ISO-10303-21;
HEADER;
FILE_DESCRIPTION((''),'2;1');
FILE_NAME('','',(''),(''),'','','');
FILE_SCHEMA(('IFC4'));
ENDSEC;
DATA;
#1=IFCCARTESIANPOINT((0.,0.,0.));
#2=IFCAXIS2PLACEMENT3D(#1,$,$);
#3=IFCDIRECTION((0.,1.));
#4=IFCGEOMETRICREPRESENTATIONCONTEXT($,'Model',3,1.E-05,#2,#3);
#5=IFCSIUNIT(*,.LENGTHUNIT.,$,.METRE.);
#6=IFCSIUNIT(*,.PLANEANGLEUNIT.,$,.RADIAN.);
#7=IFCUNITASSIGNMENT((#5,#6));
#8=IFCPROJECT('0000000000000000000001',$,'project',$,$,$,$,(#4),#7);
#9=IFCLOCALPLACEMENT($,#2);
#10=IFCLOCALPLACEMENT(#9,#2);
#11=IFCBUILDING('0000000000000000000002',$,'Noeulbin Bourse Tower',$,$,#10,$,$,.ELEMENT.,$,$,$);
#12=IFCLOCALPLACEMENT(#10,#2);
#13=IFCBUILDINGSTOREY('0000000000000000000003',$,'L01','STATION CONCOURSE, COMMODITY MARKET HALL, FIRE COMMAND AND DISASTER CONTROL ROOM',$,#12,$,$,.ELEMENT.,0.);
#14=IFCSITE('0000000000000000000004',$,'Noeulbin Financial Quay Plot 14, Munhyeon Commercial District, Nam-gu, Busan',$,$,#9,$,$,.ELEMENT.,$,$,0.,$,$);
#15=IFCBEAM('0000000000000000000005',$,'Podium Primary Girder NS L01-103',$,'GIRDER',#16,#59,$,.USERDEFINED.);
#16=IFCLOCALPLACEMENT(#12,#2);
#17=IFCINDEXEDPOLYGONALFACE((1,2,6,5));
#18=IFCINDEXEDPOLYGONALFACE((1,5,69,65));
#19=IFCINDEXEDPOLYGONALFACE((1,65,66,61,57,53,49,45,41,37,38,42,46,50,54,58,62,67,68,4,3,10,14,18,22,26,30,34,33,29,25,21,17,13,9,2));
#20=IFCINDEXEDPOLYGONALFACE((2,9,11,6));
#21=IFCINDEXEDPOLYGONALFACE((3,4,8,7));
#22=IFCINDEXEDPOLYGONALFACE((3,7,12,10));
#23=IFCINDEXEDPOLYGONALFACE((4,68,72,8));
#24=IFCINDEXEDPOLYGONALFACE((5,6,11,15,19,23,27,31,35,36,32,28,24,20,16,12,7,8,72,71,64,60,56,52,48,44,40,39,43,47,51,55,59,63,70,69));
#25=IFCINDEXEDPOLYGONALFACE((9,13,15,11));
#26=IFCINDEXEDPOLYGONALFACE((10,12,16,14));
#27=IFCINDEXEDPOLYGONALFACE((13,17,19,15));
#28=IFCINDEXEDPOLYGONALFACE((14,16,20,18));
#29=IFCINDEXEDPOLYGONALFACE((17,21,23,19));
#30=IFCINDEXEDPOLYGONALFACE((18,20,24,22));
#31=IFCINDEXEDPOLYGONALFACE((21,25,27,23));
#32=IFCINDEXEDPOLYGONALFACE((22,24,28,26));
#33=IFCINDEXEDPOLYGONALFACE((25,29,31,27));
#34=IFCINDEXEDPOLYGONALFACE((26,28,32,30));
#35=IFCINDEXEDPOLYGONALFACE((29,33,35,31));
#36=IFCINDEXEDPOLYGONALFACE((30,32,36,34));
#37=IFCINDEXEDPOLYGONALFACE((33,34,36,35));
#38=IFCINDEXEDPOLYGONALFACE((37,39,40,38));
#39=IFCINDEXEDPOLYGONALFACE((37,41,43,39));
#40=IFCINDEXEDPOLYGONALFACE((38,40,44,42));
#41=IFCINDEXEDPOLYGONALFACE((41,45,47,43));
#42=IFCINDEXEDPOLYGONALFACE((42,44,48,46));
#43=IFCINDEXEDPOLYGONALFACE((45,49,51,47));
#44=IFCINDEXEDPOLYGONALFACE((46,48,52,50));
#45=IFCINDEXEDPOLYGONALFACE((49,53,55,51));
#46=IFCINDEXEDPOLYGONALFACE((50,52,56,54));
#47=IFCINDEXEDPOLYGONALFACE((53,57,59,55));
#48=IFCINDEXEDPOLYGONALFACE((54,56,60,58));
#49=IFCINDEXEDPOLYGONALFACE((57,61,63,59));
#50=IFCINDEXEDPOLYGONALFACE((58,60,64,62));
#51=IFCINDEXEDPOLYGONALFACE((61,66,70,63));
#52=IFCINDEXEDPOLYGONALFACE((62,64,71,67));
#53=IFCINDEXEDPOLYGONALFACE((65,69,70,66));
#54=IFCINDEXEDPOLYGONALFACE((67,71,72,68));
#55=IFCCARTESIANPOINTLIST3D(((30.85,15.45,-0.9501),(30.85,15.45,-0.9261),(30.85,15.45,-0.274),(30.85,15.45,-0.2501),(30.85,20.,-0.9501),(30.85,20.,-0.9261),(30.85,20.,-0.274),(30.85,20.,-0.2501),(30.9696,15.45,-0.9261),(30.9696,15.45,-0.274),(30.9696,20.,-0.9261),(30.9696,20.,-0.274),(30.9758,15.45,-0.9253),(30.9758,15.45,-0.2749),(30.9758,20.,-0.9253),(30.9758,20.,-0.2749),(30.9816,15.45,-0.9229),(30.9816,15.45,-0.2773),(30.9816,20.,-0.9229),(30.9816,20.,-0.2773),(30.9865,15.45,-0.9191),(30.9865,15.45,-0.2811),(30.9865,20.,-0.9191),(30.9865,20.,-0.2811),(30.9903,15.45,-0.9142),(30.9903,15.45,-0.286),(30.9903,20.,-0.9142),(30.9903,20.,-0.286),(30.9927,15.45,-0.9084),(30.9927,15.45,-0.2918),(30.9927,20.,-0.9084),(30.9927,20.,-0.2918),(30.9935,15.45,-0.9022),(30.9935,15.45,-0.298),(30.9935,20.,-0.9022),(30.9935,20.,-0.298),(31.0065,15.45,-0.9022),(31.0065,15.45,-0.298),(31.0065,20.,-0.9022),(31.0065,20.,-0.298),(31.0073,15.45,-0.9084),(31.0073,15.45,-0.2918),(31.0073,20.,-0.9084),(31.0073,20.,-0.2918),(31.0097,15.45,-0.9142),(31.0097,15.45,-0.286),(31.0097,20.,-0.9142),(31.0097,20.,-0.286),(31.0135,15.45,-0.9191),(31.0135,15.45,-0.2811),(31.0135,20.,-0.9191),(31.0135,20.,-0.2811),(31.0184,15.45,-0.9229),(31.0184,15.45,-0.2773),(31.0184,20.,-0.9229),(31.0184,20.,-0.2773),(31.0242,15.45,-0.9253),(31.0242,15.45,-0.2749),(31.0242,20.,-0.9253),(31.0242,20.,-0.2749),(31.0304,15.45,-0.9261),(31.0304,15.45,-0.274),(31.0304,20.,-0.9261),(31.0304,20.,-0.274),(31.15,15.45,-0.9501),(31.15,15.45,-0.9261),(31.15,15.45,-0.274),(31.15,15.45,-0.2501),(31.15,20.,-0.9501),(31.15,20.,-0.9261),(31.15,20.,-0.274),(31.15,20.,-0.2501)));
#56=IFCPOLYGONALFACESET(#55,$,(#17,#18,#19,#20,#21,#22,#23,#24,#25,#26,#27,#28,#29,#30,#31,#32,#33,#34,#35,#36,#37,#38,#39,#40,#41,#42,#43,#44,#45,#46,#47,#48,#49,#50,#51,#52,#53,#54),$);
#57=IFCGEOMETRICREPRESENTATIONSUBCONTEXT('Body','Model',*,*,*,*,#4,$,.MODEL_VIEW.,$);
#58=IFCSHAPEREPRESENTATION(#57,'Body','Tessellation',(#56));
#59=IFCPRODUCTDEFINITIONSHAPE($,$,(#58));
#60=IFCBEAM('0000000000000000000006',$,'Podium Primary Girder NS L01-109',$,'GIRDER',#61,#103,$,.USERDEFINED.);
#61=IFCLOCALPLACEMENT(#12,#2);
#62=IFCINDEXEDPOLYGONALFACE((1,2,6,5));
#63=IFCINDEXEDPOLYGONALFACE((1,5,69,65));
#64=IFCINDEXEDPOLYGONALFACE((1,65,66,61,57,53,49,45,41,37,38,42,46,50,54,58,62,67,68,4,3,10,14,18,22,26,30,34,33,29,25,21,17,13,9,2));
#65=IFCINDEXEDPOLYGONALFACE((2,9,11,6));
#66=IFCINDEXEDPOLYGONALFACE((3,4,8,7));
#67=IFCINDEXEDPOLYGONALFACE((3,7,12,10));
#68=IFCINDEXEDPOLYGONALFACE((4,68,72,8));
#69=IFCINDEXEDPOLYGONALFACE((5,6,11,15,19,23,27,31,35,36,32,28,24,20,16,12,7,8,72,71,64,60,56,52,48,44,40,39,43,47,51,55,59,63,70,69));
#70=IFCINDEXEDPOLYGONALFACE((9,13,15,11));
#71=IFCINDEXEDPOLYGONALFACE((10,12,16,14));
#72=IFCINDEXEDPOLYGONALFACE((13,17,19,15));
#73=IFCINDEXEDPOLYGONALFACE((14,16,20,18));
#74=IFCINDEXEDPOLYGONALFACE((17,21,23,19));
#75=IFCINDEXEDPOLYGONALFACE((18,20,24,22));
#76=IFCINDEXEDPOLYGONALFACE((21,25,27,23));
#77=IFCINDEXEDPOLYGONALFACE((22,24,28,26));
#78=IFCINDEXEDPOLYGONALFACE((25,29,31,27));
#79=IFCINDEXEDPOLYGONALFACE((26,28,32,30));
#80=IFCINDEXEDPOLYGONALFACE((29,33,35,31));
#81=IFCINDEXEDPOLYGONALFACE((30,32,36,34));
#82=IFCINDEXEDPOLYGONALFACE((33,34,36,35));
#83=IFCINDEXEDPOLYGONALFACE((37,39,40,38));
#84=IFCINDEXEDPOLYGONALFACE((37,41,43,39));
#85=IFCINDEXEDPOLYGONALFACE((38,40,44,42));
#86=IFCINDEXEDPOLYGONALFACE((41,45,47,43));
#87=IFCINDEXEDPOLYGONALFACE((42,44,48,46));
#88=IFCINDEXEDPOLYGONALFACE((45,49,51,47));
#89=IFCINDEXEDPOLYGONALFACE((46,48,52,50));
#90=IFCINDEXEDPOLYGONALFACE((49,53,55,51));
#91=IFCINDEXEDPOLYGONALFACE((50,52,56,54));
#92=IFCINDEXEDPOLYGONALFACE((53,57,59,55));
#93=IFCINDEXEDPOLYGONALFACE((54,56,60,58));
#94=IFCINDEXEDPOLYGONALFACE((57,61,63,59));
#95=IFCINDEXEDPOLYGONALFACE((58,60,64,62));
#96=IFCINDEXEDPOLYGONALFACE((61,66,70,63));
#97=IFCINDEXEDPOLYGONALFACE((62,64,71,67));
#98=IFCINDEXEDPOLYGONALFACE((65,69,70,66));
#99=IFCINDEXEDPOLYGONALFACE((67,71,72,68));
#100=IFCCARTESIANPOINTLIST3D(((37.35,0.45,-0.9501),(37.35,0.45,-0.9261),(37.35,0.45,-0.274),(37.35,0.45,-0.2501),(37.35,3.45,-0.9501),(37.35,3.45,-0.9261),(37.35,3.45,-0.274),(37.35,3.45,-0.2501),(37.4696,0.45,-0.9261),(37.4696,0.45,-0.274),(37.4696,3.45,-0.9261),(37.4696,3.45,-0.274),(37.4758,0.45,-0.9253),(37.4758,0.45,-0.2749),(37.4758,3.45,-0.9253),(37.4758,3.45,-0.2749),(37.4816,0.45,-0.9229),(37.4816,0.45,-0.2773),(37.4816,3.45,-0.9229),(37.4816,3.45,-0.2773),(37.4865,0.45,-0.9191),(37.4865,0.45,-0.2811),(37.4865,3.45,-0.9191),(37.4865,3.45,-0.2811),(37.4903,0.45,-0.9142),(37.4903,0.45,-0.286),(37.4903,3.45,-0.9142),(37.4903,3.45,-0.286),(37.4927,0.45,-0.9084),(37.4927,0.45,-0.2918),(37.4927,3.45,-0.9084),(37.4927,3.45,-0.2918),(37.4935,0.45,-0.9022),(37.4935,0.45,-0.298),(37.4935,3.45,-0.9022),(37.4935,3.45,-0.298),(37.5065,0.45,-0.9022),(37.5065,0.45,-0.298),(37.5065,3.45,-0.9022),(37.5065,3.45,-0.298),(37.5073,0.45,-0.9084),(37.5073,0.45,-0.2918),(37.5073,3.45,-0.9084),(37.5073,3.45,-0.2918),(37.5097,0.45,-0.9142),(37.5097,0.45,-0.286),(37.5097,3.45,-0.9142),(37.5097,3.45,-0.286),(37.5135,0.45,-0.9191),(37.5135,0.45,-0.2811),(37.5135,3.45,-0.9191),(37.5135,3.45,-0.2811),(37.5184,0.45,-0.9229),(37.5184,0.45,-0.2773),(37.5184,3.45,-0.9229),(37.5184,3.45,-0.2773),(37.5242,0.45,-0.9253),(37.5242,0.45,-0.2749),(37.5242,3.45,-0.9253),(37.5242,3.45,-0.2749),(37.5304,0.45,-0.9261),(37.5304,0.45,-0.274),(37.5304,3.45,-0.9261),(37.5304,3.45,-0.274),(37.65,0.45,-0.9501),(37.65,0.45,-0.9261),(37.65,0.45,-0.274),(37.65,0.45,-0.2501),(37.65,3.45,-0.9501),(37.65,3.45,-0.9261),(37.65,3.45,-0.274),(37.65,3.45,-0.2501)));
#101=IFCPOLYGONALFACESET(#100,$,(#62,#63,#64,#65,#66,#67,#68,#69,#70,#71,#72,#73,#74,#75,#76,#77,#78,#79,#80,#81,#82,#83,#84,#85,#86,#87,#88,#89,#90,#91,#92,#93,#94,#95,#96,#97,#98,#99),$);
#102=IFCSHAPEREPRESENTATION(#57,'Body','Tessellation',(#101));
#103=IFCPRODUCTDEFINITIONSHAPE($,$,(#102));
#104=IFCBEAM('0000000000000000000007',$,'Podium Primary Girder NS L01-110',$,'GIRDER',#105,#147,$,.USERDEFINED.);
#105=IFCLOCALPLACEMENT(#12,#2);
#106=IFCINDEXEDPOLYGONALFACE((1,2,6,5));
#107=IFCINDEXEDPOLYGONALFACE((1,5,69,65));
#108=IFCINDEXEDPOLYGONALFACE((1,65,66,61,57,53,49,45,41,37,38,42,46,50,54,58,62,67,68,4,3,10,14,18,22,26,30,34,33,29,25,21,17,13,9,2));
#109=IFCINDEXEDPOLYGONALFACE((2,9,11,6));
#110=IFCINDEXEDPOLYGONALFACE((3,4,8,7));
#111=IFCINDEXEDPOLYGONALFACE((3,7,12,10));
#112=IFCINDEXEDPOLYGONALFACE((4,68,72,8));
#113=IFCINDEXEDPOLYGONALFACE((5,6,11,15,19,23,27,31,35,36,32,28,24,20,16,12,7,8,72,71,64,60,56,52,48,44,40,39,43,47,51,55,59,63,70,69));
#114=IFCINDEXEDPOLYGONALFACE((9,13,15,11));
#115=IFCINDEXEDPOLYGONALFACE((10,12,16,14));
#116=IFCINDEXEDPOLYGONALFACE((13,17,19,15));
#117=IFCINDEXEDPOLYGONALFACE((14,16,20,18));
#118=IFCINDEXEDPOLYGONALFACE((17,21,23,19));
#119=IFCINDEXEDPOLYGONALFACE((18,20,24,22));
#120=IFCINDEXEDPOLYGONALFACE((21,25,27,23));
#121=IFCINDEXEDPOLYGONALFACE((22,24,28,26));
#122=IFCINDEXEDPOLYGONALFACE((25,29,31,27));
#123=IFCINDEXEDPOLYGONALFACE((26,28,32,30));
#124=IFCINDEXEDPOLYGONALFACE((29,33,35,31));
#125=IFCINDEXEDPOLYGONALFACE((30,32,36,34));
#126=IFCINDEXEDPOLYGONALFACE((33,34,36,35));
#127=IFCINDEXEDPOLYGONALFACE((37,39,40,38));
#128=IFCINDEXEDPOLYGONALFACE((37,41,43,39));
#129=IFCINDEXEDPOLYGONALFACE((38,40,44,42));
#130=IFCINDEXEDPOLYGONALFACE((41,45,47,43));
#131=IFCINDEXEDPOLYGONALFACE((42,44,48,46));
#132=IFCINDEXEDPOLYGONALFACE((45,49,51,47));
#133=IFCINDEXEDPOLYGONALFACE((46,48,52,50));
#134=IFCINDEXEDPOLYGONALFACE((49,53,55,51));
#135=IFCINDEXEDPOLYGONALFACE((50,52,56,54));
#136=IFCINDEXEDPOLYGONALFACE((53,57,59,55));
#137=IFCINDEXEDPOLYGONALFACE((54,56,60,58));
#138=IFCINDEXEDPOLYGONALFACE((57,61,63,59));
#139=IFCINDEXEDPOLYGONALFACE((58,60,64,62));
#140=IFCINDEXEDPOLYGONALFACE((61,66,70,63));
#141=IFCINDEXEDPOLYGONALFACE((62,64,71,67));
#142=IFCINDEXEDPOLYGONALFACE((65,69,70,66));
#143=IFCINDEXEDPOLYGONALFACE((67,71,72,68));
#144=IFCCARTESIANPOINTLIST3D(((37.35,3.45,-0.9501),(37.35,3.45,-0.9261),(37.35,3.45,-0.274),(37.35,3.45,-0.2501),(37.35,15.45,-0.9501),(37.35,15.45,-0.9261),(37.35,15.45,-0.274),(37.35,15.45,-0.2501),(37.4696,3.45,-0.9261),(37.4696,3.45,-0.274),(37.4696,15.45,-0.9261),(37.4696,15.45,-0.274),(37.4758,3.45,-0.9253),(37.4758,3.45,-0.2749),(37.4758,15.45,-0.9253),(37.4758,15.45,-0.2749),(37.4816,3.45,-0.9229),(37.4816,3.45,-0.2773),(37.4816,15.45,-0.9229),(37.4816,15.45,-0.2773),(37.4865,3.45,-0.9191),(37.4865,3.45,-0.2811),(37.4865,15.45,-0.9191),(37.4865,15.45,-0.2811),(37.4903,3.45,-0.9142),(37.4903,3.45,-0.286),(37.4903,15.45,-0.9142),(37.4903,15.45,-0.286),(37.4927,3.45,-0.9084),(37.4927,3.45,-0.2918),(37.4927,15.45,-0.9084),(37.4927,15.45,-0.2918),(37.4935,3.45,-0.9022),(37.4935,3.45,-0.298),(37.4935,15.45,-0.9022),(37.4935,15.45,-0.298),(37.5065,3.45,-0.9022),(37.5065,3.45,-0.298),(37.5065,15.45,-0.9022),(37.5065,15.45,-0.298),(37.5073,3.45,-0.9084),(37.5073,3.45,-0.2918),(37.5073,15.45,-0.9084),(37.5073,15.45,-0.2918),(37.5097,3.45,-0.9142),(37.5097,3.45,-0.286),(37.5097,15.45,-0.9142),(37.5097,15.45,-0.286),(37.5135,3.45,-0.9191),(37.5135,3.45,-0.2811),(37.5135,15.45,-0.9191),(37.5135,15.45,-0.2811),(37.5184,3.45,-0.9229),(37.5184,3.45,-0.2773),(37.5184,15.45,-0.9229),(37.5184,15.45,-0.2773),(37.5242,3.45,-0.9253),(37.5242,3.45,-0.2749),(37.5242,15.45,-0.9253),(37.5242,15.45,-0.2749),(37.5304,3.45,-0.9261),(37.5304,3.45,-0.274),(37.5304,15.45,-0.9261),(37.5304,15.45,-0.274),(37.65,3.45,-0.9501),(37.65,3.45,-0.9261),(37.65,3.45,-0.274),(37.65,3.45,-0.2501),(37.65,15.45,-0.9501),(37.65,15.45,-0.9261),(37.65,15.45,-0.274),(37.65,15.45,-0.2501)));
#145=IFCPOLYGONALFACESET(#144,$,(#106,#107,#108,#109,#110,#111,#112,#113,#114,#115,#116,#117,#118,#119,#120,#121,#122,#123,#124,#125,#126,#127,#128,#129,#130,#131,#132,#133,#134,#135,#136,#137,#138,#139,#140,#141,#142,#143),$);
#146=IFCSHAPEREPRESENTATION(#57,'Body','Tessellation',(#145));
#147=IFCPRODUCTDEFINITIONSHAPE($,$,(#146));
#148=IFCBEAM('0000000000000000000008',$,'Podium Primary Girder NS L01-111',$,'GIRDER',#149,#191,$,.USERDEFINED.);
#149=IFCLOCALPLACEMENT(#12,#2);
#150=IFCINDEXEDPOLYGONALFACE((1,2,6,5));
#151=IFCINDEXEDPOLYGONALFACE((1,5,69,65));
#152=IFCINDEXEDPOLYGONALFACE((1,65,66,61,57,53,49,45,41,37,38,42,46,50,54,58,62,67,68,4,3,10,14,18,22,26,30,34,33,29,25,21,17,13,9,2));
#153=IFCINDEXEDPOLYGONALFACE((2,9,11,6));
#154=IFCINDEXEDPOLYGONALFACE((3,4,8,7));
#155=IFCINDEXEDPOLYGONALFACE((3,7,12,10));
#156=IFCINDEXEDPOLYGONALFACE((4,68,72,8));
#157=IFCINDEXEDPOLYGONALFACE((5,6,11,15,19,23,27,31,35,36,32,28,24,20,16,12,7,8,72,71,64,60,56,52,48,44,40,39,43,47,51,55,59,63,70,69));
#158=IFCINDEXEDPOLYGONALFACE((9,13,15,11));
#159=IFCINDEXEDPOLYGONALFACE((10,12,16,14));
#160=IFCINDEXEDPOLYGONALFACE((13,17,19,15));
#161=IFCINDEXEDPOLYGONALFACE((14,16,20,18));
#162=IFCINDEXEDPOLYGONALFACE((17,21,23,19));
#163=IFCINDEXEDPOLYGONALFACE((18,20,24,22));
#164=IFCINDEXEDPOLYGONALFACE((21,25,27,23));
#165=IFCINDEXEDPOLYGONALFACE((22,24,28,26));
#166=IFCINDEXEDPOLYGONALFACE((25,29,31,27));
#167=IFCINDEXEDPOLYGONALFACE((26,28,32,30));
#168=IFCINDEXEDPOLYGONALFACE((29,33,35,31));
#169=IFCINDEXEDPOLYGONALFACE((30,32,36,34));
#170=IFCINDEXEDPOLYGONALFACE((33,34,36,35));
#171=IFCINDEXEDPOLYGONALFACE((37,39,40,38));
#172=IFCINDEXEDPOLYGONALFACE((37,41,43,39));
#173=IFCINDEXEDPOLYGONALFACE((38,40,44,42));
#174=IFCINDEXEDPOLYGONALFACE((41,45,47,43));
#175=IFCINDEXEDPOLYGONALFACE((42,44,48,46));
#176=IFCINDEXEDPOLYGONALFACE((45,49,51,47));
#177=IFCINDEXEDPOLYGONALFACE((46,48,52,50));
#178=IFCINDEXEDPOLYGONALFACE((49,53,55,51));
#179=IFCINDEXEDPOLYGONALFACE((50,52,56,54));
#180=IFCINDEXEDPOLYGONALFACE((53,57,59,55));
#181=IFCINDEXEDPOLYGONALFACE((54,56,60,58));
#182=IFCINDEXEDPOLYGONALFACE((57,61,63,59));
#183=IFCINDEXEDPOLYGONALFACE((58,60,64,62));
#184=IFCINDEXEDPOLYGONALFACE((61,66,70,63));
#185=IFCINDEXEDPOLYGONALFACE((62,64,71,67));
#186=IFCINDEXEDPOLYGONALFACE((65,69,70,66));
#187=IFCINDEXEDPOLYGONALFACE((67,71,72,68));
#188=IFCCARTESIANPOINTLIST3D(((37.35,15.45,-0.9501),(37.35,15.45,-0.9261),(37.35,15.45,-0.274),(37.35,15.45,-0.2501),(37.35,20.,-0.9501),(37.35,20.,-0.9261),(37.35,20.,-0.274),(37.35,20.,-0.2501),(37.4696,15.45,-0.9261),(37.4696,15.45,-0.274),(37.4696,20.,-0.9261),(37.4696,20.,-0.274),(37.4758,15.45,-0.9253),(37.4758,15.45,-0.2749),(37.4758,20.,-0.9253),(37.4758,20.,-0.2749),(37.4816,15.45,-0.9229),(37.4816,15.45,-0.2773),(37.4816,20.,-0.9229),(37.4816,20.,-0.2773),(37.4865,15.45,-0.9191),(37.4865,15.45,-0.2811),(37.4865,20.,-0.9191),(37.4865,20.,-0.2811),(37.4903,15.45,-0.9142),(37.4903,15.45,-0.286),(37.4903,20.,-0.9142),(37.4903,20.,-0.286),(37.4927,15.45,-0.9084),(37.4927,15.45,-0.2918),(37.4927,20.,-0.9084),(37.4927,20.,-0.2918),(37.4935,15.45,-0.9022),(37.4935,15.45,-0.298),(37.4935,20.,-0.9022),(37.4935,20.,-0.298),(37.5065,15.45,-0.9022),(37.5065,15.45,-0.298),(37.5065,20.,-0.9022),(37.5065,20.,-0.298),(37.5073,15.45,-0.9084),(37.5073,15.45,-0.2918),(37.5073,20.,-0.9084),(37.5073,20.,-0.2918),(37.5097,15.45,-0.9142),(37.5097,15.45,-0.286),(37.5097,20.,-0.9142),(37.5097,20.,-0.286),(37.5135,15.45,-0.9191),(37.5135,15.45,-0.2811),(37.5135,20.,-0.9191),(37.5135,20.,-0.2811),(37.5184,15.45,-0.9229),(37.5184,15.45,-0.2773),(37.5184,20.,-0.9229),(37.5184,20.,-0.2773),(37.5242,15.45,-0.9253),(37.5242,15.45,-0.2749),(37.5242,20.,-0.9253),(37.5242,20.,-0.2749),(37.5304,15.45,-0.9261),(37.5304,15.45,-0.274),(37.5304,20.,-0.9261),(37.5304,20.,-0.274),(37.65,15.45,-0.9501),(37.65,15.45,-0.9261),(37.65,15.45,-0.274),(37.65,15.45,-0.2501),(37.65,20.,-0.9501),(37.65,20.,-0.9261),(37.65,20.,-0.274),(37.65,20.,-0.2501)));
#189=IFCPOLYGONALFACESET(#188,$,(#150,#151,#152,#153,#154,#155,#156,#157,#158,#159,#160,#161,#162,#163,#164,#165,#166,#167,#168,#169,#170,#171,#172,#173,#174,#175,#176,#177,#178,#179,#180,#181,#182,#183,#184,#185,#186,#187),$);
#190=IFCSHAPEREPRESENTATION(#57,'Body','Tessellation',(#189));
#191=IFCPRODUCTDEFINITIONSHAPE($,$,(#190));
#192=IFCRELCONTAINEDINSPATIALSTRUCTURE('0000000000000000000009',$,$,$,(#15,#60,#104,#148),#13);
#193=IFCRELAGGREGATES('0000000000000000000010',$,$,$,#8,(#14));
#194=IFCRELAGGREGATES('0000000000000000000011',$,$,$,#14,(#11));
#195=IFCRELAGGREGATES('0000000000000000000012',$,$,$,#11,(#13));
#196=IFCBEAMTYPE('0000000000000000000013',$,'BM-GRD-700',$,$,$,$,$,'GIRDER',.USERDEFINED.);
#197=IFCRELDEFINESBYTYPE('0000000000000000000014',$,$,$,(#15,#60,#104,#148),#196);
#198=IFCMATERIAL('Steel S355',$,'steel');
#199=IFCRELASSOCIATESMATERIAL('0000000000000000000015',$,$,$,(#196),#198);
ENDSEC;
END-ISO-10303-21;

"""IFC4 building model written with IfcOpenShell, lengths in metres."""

from ifc_helpers import new_model, si_unit, direction, frame, origin, origin_2d, place, context, subcontext, project, spatial, i_section, extrude, material, material_profile, profile_set, type_object, element, save


model = new_model("IFC4")

# Units and contexts
model_context = context("Model", 3, precision=1e-05, world=origin(), true_north=direction((0.0, 1.0)))
body_context = subcontext(model_context, "Body", "Model", "MODEL_VIEW")
ifc_project = project(units=[si_unit("LENGTHUNIT", "METRE"), si_unit("PLANEANGLEUNIT", "RADIAN")], contexts=[model_context])

# Site, building, storey
site_placement = place(None, origin())
site = spatial("IfcSite", under=ifc_project, at=site_placement, Name="Noeulbin Financial Quay Plot 14, Munhyeon Commercial District, Nam-gu, Busan", CompositionType="ELEMENT", RefElevation=0.0)
building_placement = place(site_placement, origin())
building = spatial("IfcBuilding", under=site, at=building_placement, Name="Noeulbin Bourse Tower", CompositionType="ELEMENT")
storey_placement = place(building_placement, origin())
storey = spatial("IfcBuildingStorey", under=building, at=storey_placement, Name="L01", Description="STATION CONCOURSE, COMMODITY MARKET HALL, FIRE COMMAND AND DISASTER CONTROL ROOM", CompositionType="ELEMENT", Elevation=0.0)

# Shared definitions
ifc_material_1 = material(Name="Steel S355", Category="steel")

# Beams
ifc_material_profile_1 = material_profile(ifc_material_1, i_section(OverallWidth=0.3, OverallDepth=0.7, WebThickness=0.0129, FlangeThickness=0.0239, FilletRadius=0.0239, at=origin_2d()), Name="H-700x300x13x24", Category="LoadBearing")
ifc_profile_set_1 = profile_set([ifc_material_profile_1], Name="Steel S355")
beam_type_1 = type_object("IfcBeamType", Name="BM-GRD-700", ElementType="GIRDER", PredefinedType="USERDEFINED", material=ifc_profile_set_1)
beam_1_placement = place(storey_placement, frame((31.0, 15.45, -0.6001), z_axis=(0.0, 1.0, 0.0), x_axis=(-1.0, 0.0, 0.0)))
element("IfcBeam", 1, at=beam_1_placement, inside=storey, type_object=beam_type_1, Name="Podium Primary Girder NS L01-103", ObjectType="GIRDER", PredefinedType="USERDEFINED", context=body_context, shape_type="SweptSolid", body=[
    extrude(i_section(OverallWidth=0.3, OverallDepth=0.7, WebThickness=0.0129, FlangeThickness=0.0239, FilletRadius=0.0239, at=origin_2d()), origin(), (0.0, 0.0, 1.0), 4.55),
])
beam_2_placement = place(storey_placement, frame((37.5, 0.45, -0.6001), z_axis=(0.0, 1.0, 0.0), x_axis=(-1.0, 0.0, 0.0)))
element("IfcBeam", 2, at=beam_2_placement, inside=storey, type_object=beam_type_1, Name="Podium Primary Girder NS L01-109", ObjectType="GIRDER", PredefinedType="USERDEFINED", context=body_context, shape_type="SweptSolid", body=[
    extrude(i_section(OverallWidth=0.3, OverallDepth=0.7, WebThickness=0.0129, FlangeThickness=0.0239, FilletRadius=0.0239, at=origin_2d()), origin(), (0.0, 0.0, 1.0), 3.0),
])
beam_3_placement = place(storey_placement, frame((37.5, 3.45, -0.6001), z_axis=(0.0, 1.0, 0.0), x_axis=(-1.0, 0.0, 0.0)))
element("IfcBeam", 3, at=beam_3_placement, inside=storey, type_object=beam_type_1, Name="Podium Primary Girder NS L01-110", ObjectType="GIRDER", PredefinedType="USERDEFINED", context=body_context, shape_type="SweptSolid", body=[
    extrude(i_section(OverallWidth=0.3, OverallDepth=0.7, WebThickness=0.0129, FlangeThickness=0.0239, FilletRadius=0.0239, at=origin_2d()), origin(), (0.0, 0.0, 1.0), 12.0),
])
beam_4_placement = place(storey_placement, frame((37.5, 15.45, -0.6001), z_axis=(0.0, 1.0, 0.0), x_axis=(-1.0, 0.0, 0.0)))
element("IfcBeam", 4, at=beam_4_placement, inside=storey, type_object=beam_type_1, Name="Podium Primary Girder NS L01-111", ObjectType="GIRDER", PredefinedType="USERDEFINED", context=body_context, shape_type="SweptSolid", body=[
    extrude(i_section(OverallWidth=0.3, OverallDepth=0.7, WebThickness=0.0129, FlangeThickness=0.0239, FilletRadius=0.0239, at=origin_2d()), origin(), (0.0, 0.0, 1.0), 4.55),
])

save(model, "model.ifc")
